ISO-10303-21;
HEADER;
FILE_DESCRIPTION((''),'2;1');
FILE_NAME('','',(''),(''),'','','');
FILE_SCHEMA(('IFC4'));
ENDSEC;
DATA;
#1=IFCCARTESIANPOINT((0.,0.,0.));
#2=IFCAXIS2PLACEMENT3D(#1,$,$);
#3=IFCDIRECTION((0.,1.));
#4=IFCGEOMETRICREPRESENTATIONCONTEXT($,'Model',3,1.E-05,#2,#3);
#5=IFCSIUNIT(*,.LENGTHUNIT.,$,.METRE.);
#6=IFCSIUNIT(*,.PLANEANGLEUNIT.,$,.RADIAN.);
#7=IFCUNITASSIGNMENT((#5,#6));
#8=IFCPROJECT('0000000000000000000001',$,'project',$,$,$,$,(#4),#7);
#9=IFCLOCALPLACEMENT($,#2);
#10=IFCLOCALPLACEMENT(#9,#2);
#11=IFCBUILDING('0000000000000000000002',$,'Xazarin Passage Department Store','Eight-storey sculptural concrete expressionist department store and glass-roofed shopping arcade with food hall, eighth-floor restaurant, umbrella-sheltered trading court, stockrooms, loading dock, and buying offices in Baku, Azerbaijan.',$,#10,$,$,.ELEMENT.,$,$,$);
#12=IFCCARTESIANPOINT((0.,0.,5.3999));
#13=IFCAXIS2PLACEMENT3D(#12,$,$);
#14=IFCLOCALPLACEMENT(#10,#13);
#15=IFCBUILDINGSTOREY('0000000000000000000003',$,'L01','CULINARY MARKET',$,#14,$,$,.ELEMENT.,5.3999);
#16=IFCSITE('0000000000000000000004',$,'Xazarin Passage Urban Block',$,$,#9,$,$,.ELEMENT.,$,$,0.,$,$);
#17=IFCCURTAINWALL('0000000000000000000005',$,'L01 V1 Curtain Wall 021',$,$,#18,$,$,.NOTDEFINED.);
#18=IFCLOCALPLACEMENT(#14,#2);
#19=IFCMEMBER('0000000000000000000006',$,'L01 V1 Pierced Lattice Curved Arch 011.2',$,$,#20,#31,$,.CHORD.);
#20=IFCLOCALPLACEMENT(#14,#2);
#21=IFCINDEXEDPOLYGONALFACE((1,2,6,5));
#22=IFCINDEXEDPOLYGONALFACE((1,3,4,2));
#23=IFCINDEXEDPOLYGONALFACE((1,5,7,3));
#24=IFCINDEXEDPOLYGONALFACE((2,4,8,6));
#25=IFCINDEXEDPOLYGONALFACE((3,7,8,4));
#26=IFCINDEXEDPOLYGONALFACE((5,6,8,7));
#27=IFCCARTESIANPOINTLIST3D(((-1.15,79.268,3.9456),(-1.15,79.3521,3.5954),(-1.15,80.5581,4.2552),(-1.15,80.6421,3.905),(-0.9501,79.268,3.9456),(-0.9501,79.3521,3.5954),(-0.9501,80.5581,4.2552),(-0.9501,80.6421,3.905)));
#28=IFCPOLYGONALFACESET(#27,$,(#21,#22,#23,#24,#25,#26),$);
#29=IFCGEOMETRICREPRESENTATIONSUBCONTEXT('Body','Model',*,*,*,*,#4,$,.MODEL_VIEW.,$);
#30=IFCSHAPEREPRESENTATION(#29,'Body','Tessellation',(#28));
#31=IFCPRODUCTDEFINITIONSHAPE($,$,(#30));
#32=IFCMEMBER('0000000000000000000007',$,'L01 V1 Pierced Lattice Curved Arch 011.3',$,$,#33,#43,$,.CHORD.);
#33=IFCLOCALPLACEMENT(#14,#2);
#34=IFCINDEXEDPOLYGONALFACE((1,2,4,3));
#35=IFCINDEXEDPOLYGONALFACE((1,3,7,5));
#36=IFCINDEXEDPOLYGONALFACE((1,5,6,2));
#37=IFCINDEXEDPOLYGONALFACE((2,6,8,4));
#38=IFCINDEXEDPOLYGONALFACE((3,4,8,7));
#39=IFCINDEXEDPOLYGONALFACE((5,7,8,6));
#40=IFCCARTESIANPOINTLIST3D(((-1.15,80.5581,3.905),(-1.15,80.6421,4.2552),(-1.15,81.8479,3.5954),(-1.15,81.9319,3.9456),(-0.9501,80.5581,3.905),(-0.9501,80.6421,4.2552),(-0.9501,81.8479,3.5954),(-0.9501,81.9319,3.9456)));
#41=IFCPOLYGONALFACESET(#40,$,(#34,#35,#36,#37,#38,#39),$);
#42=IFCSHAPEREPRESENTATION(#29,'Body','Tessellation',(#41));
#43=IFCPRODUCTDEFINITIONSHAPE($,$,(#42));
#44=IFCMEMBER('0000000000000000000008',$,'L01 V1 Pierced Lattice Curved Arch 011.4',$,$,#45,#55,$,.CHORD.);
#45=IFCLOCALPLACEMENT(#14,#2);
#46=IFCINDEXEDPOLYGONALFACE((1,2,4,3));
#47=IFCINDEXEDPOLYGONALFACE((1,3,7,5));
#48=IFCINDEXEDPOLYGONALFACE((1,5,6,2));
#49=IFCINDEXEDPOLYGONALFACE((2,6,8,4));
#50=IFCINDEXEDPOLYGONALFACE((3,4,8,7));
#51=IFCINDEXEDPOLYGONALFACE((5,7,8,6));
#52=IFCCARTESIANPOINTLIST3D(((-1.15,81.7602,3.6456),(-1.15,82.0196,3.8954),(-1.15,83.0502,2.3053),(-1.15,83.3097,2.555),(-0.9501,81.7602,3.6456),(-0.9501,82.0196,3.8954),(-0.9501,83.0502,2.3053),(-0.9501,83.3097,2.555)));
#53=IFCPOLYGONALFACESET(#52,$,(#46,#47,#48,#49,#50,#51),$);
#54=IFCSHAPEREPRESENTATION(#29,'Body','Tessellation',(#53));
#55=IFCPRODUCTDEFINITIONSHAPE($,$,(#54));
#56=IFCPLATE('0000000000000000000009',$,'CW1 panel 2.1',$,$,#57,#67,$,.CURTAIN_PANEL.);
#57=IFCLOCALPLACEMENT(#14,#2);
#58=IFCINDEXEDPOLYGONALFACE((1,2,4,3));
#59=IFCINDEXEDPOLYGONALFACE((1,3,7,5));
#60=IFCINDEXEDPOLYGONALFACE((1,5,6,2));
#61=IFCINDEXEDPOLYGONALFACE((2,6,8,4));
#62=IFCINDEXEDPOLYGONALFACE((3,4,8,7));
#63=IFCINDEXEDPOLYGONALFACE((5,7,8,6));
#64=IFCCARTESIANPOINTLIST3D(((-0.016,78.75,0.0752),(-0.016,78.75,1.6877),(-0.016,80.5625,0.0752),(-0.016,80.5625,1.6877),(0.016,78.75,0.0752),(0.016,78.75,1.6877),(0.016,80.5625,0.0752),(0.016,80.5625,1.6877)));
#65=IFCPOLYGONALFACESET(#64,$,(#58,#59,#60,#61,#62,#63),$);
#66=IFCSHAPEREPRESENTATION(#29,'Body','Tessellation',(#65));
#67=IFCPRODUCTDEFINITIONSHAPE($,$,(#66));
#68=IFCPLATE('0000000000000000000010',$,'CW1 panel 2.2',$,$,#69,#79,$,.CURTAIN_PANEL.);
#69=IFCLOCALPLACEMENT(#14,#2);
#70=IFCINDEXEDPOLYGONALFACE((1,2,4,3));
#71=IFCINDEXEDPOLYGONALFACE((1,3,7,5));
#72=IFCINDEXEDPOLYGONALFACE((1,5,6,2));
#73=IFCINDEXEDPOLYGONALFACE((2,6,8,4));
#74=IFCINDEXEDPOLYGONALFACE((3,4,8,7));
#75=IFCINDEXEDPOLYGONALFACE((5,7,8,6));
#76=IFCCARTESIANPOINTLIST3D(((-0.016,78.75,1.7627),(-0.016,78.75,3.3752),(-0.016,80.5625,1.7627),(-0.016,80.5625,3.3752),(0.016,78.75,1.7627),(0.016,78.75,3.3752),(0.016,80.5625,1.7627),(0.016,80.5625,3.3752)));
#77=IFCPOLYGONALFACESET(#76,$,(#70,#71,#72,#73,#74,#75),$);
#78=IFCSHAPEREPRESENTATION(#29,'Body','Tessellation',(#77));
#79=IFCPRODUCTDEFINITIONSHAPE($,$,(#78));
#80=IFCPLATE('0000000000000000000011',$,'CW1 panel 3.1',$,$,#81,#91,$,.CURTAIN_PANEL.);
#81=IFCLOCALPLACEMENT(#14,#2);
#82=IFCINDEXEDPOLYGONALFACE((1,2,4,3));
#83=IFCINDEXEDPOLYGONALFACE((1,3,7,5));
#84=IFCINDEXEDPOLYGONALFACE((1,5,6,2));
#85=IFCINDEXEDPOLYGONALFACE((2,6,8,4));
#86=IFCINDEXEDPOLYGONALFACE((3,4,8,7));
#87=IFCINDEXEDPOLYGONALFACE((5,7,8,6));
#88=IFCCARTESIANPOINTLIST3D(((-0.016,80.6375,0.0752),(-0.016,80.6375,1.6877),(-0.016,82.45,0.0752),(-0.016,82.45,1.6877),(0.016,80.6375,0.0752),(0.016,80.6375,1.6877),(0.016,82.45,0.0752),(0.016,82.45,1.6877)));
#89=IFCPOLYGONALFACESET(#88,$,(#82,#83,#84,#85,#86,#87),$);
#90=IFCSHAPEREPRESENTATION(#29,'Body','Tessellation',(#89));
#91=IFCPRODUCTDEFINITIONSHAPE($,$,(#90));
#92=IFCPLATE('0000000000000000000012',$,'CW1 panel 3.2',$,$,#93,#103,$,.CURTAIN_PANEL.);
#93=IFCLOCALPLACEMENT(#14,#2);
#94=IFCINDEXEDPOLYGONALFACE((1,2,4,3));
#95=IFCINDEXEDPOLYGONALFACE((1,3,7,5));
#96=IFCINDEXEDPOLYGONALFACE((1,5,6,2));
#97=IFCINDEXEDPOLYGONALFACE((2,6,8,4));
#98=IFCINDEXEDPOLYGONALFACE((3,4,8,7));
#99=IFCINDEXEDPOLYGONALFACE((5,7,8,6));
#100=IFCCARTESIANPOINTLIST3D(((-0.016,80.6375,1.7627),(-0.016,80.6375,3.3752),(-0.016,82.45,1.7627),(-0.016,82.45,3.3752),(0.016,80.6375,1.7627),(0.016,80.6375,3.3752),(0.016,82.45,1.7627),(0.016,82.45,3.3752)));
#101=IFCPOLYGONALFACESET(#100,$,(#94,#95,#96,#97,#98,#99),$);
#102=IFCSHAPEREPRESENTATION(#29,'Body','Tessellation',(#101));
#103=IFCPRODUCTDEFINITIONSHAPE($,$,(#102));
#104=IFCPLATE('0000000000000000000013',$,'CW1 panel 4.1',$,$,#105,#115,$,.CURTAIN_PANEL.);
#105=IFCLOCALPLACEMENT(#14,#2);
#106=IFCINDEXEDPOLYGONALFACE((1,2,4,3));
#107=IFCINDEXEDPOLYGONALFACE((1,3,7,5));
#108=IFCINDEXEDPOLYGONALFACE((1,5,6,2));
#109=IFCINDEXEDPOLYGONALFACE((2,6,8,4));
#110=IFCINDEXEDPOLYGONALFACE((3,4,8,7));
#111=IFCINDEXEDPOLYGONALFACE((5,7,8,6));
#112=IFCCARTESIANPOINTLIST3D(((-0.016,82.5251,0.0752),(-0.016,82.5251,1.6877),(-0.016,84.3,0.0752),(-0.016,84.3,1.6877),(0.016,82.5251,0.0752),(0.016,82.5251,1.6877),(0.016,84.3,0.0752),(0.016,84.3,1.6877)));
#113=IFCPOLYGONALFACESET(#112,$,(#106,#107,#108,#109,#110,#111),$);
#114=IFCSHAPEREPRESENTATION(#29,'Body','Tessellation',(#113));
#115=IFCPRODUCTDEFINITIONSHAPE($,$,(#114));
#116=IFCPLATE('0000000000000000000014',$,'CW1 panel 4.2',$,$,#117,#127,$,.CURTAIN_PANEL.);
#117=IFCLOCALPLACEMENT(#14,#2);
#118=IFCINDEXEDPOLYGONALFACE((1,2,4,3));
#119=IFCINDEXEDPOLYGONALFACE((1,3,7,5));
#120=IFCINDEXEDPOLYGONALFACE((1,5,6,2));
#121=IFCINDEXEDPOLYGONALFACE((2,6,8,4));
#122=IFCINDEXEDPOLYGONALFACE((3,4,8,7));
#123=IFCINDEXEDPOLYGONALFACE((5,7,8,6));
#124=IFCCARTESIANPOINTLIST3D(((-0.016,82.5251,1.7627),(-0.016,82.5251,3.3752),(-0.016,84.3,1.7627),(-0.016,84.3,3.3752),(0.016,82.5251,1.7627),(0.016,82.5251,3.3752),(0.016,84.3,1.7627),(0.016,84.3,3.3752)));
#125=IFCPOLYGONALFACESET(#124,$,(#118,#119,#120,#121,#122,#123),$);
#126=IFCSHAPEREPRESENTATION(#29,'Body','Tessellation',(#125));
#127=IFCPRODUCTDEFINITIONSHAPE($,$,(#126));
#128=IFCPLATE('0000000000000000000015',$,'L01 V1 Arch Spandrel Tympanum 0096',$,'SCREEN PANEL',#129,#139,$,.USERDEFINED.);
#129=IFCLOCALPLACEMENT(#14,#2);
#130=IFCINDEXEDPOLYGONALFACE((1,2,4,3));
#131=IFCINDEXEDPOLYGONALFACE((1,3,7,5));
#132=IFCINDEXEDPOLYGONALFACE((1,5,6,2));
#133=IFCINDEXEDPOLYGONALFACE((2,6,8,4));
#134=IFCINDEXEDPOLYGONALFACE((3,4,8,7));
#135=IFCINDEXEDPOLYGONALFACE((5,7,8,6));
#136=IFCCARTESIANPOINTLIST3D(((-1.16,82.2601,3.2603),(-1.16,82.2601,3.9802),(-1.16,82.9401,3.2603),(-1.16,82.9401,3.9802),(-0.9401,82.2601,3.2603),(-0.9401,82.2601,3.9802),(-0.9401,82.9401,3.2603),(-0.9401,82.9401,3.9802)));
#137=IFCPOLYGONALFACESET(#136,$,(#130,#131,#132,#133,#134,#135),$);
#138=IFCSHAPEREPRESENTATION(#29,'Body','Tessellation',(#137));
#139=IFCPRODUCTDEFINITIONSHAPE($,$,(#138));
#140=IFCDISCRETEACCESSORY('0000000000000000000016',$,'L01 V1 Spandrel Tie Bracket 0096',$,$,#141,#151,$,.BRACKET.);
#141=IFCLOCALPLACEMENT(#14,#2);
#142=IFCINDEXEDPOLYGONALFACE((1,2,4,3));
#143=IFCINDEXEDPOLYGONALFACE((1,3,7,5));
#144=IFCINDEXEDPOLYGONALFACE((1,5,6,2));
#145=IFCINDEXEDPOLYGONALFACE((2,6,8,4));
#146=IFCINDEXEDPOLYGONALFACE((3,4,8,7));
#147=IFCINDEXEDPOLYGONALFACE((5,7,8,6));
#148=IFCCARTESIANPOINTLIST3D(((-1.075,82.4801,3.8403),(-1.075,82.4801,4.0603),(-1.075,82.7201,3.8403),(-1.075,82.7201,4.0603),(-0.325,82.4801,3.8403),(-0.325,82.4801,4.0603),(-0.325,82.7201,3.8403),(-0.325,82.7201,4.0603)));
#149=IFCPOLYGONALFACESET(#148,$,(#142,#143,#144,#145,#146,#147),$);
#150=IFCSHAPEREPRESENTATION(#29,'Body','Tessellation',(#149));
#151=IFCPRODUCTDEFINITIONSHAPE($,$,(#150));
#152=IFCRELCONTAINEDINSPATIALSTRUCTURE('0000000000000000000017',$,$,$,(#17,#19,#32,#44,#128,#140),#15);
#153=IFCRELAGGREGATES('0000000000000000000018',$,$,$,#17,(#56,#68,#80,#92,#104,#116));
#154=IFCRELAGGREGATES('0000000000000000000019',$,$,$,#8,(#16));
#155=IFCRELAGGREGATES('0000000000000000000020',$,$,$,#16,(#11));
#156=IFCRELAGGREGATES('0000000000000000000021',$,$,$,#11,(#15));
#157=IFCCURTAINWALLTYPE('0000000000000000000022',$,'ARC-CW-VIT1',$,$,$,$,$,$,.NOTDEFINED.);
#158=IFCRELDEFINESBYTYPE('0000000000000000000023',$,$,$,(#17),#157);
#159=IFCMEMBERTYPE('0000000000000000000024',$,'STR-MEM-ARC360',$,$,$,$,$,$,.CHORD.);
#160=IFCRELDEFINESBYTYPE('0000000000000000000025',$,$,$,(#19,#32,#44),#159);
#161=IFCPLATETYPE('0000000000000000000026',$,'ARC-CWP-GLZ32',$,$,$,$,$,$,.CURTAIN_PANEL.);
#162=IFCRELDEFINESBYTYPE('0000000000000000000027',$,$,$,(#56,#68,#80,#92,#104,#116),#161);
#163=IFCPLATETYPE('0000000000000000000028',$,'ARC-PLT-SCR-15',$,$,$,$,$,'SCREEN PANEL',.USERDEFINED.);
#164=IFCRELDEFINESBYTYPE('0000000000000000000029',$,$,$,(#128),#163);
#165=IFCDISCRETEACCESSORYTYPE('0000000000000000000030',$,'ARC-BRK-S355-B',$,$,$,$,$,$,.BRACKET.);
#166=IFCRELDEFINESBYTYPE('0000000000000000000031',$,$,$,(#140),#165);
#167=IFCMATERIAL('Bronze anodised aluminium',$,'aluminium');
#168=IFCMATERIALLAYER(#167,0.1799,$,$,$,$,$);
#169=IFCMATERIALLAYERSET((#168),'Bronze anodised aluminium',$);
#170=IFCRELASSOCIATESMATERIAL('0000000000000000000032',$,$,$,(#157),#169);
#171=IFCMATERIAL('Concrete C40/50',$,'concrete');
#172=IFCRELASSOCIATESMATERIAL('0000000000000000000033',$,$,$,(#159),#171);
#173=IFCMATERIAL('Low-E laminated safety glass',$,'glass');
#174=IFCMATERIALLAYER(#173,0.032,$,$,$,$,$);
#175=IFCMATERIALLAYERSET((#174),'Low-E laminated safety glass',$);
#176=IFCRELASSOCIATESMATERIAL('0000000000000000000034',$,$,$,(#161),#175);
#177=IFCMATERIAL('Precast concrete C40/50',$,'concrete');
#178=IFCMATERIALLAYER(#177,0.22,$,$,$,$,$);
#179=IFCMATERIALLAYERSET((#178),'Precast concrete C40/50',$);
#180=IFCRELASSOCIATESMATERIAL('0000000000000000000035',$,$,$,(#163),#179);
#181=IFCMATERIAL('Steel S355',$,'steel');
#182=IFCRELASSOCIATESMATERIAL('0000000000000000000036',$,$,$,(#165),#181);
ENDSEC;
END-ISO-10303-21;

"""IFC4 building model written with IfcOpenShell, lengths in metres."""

from ifc_helpers import new_model, si_unit, direction, frame, origin, origin_2d, place, context, subcontext, project, spatial, rectangle, extrude, material, layer, layer_set, material_profile, profile_set, type_object, element, aggregate, save


model = new_model("IFC4")

# Units and contexts
model_context = context("Model", 3, precision=1e-05, world=origin(), true_north=direction((0.0, 1.0)))
body_context = subcontext(model_context, "Body", "Model", "MODEL_VIEW")
ifc_project = project(units=[si_unit("LENGTHUNIT", "METRE"), si_unit("PLANEANGLEUNIT", "RADIAN")], contexts=[model_context])

# Site, building, storey
site_placement = place(None, origin())
site = spatial("IfcSite", under=ifc_project, at=site_placement, Name="Xazarin Passage Urban Block", CompositionType="ELEMENT", RefElevation=0.0)
building_placement = place(site_placement, origin())
building = spatial("IfcBuilding", under=site, at=building_placement, Name="Xazarin Passage Department Store", Description="Eight-storey sculptural concrete expressionist department store and glass-roofed shopping arcade with food hall, eighth-floor restaurant, umbrella-sheltered trading court, stockrooms, loading dock, and buying offices in Baku, Azerbaijan.", CompositionType="ELEMENT")
storey_placement = place(building_placement, frame((0.0, 0.0, 5.3999)))
storey = spatial("IfcBuildingStorey", under=building, at=storey_placement, Name="L01", Description="CULINARY MARKET", CompositionType="ELEMENT", Elevation=5.3999)

# Shared definitions
ifc_material_1 = material(Name="Concrete C40/50", Category="concrete")

# Curtain wall
ifc_material_2 = material(Name="Bronze anodised aluminium", Category="aluminium")
ifc_layer_1 = layer(ifc_material_2, 0.1799)
ifc_layer_set_1 = layer_set([ifc_layer_1], Name="Bronze anodised aluminium")
curtain_wall_type = type_object("IfcCurtainWallType", Name="ARC-CW-VIT1", PredefinedType="NOTDEFINED", material=ifc_layer_set_1)
curtain_wall_placement = place(storey_placement, origin())
curtain_wall = element("IfcCurtainWall", 1, at=curtain_wall_placement, inside=storey, type_object=curtain_wall_type, Name="L01 V1 Curtain Wall 021", PredefinedType="NOTDEFINED")

# Members
ifc_material_profile_1 = material_profile(ifc_material_1, rectangle(XDim=0.2, YDim=0.3601, at=origin_2d()), Name="RC 200x360")
ifc_profile_set_1 = profile_set([ifc_material_profile_1], Name="Concrete C40/50")
member_type_1 = type_object("IfcMemberType", Name="STR-MEM-ARC360", PredefinedType="CHORD", material=ifc_profile_set_1)
member_1_placement = place(storey_placement, frame((-1.05, 79.3101, 3.7705), z_axis=(0.0, 0.972394, 0.233345), x_axis=(-1.0, 0.0, 0.0)))
element("IfcMember", 2, at=member_1_placement, inside=storey, type_object=member_type_1, Name="L01 V1 Pierced Lattice Curved Arch 011.2", PredefinedType="CHORD", context=body_context, shape_type="SweptSolid", body=[
    extrude(rectangle(XDim=0.2, YDim=0.3601, at=origin_2d()), origin(), (0.0, 0.0, 1.0), 1.3267),
])
member_2_placement = place(storey_placement, frame((-1.05, 80.6001, 4.0801), z_axis=(0.0, 0.972384, -0.233387), x_axis=(-1.0, 0.0, 0.0)))
element("IfcMember", 3, at=member_2_placement, inside=storey, type_object=member_type_1, Name="L01 V1 Pierced Lattice Curved Arch 011.3", PredefinedType="CHORD", context=body_context, shape_type="SweptSolid", body=[
    extrude(rectangle(XDim=0.2, YDim=0.3601, at=origin_2d()), origin(), (0.0, 0.0, 1.0), 1.3264),
])
member_3_placement = place(storey_placement, frame((-1.05, 81.8899, 3.7705), z_axis=(0.0, 0.69346, -0.720495), x_axis=(-1.0, 0.0, 0.0)))
element("IfcMember", 4, at=member_3_placement, inside=storey, type_object=member_type_1, Name="L01 V1 Pierced Lattice Curved Arch 011.4", PredefinedType="CHORD", context=body_context, shape_type="SweptSolid", body=[
    extrude(rectangle(XDim=0.2, YDim=0.3601, at=origin_2d()), origin(), (0.0, 0.0, 1.0), 1.8604),
])

# Plates
ifc_material_3 = material(Name="Low-E laminated safety glass", Category="glass")
ifc_layer_2 = layer(ifc_material_3, 0.032)
ifc_layer_set_2 = layer_set([ifc_layer_2], Name="Low-E laminated safety glass")
plate_type_1 = type_object("IfcPlateType", Name="ARC-CWP-GLZ32", PredefinedType="CURTAIN_PANEL", material=ifc_layer_set_2)
plate_1_placement = place(storey_placement, frame((0.0, 79.6562, 0.0752), z_axis=(0.0, 0.0, 1.0), x_axis=(0.0, 1.0, 0.0)))
plate_1 = element("IfcPlate", 5, at=plate_1_placement, type_object=plate_type_1, Name="CW1 panel 2.1", PredefinedType="CURTAIN_PANEL", context=body_context, shape_type="SweptSolid", body=[
    extrude(rectangle(XDim=1.8125, YDim=0.032, at=origin_2d()), origin(), (0.0, 0.0, 1.0), 1.6125),
])
plate_2_placement = place(storey_placement, frame((0.0, 79.6562, 1.7627), z_axis=(0.0, 0.0, 1.0), x_axis=(0.0, 1.0, 0.0)))
plate_2 = element("IfcPlate", 6, at=plate_2_placement, type_object=plate_type_1, Name="CW1 panel 2.2", PredefinedType="CURTAIN_PANEL", context=body_context, shape_type="SweptSolid", body=[
    extrude(rectangle(XDim=1.8125, YDim=0.032, at=origin_2d()), origin(), (0.0, 0.0, 1.0), 1.6125),
])
plate_3_placement = place(storey_placement, frame((0.0, 81.5437, 0.0752), z_axis=(0.0, 0.0, 1.0), x_axis=(0.0, 1.0, 0.0)))
plate_3 = element("IfcPlate", 7, at=plate_3_placement, type_object=plate_type_1, Name="CW1 panel 3.1", PredefinedType="CURTAIN_PANEL", context=body_context, shape_type="SweptSolid", body=[
    extrude(rectangle(XDim=1.8125, YDim=0.032, at=origin_2d()), origin(), (0.0, 0.0, 1.0), 1.6125),
])
plate_4_placement = place(storey_placement, frame((0.0, 81.5437, 1.7627), z_axis=(0.0, 0.0, 1.0), x_axis=(0.0, 1.0, 0.0)))
plate_4 = element("IfcPlate", 8, at=plate_4_placement, type_object=plate_type_1, Name="CW1 panel 3.2", PredefinedType="CURTAIN_PANEL", context=body_context, shape_type="SweptSolid", body=[
    extrude(rectangle(XDim=1.8125, YDim=0.032, at=origin_2d()), origin(), (0.0, 0.0, 1.0), 1.6125),
])
plate_5_placement = place(storey_placement, frame((0.0, 83.4126, 0.0752), z_axis=(0.0, 0.0, 1.0), x_axis=(0.0, 1.0, 0.0)))
plate_5 = element("IfcPlate", 9, at=plate_5_placement, type_object=plate_type_1, Name="CW1 panel 4.1", PredefinedType="CURTAIN_PANEL", context=body_context, shape_type="SweptSolid", body=[
    extrude(rectangle(XDim=1.7749, YDim=0.032, at=origin_2d()), origin(), (0.0, 0.0, 1.0), 1.6125),
])
plate_6_placement = place(storey_placement, frame((0.0, 83.4126, 1.7627), z_axis=(0.0, 0.0, 1.0), x_axis=(0.0, 1.0, 0.0)))
plate_6 = element("IfcPlate", 10, at=plate_6_placement, type_object=plate_type_1, Name="CW1 panel 4.2", PredefinedType="CURTAIN_PANEL", context=body_context, shape_type="SweptSolid", body=[
    extrude(rectangle(XDim=1.7749, YDim=0.032, at=origin_2d()), origin(), (0.0, 0.0, 1.0), 1.6125),
])
aggregate(curtain_wall, [plate_1, plate_2, plate_3, plate_4, plate_5, plate_6])
ifc_material_4 = material(Name="Precast concrete C40/50", Category="concrete")
ifc_layer_3 = layer(ifc_material_4, 0.22)
ifc_layer_set_3 = layer_set([ifc_layer_3], Name="Precast concrete C40/50")
plate_type_2 = type_object("IfcPlateType", Name="ARC-PLT-SCR-15", ElementType="SCREEN PANEL", PredefinedType="USERDEFINED", material=ifc_layer_set_3)
plate_7_placement = place(storey_placement, frame((-1.05, 82.6001, 3.2603), z_axis=(0.0, 0.0, 1.0), x_axis=(0.0, 1.0, 0.0)))
element("IfcPlate", 11, at=plate_7_placement, inside=storey, type_object=plate_type_2, Name="L01 V1 Arch Spandrel Tympanum 0096", ObjectType="SCREEN PANEL", PredefinedType="USERDEFINED", context=body_context, shape_type="SweptSolid", body=[
    extrude(rectangle(XDim=0.6799, YDim=0.22, at=origin_2d()), origin(), (0.0, 0.0, 1.0), 0.72),
])

# Discrete accessory
ifc_material_5 = material(Name="Steel S355", Category="steel")
discrete_accessory_type = type_object("IfcDiscreteAccessoryType", Name="ARC-BRK-S355-B", PredefinedType="BRACKET", material=ifc_material_5)
discrete_accessory_placement = place(storey_placement, frame((-0.7, 82.6001, 3.8403), z_axis=(0.0, 0.0, 1.0), x_axis=(0.0, 1.0, 0.0)))
element("IfcDiscreteAccessory", 12, at=discrete_accessory_placement, inside=storey, type_object=discrete_accessory_type, Name="L01 V1 Spandrel Tie Bracket 0096", PredefinedType="BRACKET", context=body_context, shape_type="SweptSolid", body=[
    extrude(rectangle(XDim=0.24, YDim=0.75, at=origin_2d()), origin(), (0.0, 0.0, 1.0), 0.22),
])

save(model, "model.ifc")
